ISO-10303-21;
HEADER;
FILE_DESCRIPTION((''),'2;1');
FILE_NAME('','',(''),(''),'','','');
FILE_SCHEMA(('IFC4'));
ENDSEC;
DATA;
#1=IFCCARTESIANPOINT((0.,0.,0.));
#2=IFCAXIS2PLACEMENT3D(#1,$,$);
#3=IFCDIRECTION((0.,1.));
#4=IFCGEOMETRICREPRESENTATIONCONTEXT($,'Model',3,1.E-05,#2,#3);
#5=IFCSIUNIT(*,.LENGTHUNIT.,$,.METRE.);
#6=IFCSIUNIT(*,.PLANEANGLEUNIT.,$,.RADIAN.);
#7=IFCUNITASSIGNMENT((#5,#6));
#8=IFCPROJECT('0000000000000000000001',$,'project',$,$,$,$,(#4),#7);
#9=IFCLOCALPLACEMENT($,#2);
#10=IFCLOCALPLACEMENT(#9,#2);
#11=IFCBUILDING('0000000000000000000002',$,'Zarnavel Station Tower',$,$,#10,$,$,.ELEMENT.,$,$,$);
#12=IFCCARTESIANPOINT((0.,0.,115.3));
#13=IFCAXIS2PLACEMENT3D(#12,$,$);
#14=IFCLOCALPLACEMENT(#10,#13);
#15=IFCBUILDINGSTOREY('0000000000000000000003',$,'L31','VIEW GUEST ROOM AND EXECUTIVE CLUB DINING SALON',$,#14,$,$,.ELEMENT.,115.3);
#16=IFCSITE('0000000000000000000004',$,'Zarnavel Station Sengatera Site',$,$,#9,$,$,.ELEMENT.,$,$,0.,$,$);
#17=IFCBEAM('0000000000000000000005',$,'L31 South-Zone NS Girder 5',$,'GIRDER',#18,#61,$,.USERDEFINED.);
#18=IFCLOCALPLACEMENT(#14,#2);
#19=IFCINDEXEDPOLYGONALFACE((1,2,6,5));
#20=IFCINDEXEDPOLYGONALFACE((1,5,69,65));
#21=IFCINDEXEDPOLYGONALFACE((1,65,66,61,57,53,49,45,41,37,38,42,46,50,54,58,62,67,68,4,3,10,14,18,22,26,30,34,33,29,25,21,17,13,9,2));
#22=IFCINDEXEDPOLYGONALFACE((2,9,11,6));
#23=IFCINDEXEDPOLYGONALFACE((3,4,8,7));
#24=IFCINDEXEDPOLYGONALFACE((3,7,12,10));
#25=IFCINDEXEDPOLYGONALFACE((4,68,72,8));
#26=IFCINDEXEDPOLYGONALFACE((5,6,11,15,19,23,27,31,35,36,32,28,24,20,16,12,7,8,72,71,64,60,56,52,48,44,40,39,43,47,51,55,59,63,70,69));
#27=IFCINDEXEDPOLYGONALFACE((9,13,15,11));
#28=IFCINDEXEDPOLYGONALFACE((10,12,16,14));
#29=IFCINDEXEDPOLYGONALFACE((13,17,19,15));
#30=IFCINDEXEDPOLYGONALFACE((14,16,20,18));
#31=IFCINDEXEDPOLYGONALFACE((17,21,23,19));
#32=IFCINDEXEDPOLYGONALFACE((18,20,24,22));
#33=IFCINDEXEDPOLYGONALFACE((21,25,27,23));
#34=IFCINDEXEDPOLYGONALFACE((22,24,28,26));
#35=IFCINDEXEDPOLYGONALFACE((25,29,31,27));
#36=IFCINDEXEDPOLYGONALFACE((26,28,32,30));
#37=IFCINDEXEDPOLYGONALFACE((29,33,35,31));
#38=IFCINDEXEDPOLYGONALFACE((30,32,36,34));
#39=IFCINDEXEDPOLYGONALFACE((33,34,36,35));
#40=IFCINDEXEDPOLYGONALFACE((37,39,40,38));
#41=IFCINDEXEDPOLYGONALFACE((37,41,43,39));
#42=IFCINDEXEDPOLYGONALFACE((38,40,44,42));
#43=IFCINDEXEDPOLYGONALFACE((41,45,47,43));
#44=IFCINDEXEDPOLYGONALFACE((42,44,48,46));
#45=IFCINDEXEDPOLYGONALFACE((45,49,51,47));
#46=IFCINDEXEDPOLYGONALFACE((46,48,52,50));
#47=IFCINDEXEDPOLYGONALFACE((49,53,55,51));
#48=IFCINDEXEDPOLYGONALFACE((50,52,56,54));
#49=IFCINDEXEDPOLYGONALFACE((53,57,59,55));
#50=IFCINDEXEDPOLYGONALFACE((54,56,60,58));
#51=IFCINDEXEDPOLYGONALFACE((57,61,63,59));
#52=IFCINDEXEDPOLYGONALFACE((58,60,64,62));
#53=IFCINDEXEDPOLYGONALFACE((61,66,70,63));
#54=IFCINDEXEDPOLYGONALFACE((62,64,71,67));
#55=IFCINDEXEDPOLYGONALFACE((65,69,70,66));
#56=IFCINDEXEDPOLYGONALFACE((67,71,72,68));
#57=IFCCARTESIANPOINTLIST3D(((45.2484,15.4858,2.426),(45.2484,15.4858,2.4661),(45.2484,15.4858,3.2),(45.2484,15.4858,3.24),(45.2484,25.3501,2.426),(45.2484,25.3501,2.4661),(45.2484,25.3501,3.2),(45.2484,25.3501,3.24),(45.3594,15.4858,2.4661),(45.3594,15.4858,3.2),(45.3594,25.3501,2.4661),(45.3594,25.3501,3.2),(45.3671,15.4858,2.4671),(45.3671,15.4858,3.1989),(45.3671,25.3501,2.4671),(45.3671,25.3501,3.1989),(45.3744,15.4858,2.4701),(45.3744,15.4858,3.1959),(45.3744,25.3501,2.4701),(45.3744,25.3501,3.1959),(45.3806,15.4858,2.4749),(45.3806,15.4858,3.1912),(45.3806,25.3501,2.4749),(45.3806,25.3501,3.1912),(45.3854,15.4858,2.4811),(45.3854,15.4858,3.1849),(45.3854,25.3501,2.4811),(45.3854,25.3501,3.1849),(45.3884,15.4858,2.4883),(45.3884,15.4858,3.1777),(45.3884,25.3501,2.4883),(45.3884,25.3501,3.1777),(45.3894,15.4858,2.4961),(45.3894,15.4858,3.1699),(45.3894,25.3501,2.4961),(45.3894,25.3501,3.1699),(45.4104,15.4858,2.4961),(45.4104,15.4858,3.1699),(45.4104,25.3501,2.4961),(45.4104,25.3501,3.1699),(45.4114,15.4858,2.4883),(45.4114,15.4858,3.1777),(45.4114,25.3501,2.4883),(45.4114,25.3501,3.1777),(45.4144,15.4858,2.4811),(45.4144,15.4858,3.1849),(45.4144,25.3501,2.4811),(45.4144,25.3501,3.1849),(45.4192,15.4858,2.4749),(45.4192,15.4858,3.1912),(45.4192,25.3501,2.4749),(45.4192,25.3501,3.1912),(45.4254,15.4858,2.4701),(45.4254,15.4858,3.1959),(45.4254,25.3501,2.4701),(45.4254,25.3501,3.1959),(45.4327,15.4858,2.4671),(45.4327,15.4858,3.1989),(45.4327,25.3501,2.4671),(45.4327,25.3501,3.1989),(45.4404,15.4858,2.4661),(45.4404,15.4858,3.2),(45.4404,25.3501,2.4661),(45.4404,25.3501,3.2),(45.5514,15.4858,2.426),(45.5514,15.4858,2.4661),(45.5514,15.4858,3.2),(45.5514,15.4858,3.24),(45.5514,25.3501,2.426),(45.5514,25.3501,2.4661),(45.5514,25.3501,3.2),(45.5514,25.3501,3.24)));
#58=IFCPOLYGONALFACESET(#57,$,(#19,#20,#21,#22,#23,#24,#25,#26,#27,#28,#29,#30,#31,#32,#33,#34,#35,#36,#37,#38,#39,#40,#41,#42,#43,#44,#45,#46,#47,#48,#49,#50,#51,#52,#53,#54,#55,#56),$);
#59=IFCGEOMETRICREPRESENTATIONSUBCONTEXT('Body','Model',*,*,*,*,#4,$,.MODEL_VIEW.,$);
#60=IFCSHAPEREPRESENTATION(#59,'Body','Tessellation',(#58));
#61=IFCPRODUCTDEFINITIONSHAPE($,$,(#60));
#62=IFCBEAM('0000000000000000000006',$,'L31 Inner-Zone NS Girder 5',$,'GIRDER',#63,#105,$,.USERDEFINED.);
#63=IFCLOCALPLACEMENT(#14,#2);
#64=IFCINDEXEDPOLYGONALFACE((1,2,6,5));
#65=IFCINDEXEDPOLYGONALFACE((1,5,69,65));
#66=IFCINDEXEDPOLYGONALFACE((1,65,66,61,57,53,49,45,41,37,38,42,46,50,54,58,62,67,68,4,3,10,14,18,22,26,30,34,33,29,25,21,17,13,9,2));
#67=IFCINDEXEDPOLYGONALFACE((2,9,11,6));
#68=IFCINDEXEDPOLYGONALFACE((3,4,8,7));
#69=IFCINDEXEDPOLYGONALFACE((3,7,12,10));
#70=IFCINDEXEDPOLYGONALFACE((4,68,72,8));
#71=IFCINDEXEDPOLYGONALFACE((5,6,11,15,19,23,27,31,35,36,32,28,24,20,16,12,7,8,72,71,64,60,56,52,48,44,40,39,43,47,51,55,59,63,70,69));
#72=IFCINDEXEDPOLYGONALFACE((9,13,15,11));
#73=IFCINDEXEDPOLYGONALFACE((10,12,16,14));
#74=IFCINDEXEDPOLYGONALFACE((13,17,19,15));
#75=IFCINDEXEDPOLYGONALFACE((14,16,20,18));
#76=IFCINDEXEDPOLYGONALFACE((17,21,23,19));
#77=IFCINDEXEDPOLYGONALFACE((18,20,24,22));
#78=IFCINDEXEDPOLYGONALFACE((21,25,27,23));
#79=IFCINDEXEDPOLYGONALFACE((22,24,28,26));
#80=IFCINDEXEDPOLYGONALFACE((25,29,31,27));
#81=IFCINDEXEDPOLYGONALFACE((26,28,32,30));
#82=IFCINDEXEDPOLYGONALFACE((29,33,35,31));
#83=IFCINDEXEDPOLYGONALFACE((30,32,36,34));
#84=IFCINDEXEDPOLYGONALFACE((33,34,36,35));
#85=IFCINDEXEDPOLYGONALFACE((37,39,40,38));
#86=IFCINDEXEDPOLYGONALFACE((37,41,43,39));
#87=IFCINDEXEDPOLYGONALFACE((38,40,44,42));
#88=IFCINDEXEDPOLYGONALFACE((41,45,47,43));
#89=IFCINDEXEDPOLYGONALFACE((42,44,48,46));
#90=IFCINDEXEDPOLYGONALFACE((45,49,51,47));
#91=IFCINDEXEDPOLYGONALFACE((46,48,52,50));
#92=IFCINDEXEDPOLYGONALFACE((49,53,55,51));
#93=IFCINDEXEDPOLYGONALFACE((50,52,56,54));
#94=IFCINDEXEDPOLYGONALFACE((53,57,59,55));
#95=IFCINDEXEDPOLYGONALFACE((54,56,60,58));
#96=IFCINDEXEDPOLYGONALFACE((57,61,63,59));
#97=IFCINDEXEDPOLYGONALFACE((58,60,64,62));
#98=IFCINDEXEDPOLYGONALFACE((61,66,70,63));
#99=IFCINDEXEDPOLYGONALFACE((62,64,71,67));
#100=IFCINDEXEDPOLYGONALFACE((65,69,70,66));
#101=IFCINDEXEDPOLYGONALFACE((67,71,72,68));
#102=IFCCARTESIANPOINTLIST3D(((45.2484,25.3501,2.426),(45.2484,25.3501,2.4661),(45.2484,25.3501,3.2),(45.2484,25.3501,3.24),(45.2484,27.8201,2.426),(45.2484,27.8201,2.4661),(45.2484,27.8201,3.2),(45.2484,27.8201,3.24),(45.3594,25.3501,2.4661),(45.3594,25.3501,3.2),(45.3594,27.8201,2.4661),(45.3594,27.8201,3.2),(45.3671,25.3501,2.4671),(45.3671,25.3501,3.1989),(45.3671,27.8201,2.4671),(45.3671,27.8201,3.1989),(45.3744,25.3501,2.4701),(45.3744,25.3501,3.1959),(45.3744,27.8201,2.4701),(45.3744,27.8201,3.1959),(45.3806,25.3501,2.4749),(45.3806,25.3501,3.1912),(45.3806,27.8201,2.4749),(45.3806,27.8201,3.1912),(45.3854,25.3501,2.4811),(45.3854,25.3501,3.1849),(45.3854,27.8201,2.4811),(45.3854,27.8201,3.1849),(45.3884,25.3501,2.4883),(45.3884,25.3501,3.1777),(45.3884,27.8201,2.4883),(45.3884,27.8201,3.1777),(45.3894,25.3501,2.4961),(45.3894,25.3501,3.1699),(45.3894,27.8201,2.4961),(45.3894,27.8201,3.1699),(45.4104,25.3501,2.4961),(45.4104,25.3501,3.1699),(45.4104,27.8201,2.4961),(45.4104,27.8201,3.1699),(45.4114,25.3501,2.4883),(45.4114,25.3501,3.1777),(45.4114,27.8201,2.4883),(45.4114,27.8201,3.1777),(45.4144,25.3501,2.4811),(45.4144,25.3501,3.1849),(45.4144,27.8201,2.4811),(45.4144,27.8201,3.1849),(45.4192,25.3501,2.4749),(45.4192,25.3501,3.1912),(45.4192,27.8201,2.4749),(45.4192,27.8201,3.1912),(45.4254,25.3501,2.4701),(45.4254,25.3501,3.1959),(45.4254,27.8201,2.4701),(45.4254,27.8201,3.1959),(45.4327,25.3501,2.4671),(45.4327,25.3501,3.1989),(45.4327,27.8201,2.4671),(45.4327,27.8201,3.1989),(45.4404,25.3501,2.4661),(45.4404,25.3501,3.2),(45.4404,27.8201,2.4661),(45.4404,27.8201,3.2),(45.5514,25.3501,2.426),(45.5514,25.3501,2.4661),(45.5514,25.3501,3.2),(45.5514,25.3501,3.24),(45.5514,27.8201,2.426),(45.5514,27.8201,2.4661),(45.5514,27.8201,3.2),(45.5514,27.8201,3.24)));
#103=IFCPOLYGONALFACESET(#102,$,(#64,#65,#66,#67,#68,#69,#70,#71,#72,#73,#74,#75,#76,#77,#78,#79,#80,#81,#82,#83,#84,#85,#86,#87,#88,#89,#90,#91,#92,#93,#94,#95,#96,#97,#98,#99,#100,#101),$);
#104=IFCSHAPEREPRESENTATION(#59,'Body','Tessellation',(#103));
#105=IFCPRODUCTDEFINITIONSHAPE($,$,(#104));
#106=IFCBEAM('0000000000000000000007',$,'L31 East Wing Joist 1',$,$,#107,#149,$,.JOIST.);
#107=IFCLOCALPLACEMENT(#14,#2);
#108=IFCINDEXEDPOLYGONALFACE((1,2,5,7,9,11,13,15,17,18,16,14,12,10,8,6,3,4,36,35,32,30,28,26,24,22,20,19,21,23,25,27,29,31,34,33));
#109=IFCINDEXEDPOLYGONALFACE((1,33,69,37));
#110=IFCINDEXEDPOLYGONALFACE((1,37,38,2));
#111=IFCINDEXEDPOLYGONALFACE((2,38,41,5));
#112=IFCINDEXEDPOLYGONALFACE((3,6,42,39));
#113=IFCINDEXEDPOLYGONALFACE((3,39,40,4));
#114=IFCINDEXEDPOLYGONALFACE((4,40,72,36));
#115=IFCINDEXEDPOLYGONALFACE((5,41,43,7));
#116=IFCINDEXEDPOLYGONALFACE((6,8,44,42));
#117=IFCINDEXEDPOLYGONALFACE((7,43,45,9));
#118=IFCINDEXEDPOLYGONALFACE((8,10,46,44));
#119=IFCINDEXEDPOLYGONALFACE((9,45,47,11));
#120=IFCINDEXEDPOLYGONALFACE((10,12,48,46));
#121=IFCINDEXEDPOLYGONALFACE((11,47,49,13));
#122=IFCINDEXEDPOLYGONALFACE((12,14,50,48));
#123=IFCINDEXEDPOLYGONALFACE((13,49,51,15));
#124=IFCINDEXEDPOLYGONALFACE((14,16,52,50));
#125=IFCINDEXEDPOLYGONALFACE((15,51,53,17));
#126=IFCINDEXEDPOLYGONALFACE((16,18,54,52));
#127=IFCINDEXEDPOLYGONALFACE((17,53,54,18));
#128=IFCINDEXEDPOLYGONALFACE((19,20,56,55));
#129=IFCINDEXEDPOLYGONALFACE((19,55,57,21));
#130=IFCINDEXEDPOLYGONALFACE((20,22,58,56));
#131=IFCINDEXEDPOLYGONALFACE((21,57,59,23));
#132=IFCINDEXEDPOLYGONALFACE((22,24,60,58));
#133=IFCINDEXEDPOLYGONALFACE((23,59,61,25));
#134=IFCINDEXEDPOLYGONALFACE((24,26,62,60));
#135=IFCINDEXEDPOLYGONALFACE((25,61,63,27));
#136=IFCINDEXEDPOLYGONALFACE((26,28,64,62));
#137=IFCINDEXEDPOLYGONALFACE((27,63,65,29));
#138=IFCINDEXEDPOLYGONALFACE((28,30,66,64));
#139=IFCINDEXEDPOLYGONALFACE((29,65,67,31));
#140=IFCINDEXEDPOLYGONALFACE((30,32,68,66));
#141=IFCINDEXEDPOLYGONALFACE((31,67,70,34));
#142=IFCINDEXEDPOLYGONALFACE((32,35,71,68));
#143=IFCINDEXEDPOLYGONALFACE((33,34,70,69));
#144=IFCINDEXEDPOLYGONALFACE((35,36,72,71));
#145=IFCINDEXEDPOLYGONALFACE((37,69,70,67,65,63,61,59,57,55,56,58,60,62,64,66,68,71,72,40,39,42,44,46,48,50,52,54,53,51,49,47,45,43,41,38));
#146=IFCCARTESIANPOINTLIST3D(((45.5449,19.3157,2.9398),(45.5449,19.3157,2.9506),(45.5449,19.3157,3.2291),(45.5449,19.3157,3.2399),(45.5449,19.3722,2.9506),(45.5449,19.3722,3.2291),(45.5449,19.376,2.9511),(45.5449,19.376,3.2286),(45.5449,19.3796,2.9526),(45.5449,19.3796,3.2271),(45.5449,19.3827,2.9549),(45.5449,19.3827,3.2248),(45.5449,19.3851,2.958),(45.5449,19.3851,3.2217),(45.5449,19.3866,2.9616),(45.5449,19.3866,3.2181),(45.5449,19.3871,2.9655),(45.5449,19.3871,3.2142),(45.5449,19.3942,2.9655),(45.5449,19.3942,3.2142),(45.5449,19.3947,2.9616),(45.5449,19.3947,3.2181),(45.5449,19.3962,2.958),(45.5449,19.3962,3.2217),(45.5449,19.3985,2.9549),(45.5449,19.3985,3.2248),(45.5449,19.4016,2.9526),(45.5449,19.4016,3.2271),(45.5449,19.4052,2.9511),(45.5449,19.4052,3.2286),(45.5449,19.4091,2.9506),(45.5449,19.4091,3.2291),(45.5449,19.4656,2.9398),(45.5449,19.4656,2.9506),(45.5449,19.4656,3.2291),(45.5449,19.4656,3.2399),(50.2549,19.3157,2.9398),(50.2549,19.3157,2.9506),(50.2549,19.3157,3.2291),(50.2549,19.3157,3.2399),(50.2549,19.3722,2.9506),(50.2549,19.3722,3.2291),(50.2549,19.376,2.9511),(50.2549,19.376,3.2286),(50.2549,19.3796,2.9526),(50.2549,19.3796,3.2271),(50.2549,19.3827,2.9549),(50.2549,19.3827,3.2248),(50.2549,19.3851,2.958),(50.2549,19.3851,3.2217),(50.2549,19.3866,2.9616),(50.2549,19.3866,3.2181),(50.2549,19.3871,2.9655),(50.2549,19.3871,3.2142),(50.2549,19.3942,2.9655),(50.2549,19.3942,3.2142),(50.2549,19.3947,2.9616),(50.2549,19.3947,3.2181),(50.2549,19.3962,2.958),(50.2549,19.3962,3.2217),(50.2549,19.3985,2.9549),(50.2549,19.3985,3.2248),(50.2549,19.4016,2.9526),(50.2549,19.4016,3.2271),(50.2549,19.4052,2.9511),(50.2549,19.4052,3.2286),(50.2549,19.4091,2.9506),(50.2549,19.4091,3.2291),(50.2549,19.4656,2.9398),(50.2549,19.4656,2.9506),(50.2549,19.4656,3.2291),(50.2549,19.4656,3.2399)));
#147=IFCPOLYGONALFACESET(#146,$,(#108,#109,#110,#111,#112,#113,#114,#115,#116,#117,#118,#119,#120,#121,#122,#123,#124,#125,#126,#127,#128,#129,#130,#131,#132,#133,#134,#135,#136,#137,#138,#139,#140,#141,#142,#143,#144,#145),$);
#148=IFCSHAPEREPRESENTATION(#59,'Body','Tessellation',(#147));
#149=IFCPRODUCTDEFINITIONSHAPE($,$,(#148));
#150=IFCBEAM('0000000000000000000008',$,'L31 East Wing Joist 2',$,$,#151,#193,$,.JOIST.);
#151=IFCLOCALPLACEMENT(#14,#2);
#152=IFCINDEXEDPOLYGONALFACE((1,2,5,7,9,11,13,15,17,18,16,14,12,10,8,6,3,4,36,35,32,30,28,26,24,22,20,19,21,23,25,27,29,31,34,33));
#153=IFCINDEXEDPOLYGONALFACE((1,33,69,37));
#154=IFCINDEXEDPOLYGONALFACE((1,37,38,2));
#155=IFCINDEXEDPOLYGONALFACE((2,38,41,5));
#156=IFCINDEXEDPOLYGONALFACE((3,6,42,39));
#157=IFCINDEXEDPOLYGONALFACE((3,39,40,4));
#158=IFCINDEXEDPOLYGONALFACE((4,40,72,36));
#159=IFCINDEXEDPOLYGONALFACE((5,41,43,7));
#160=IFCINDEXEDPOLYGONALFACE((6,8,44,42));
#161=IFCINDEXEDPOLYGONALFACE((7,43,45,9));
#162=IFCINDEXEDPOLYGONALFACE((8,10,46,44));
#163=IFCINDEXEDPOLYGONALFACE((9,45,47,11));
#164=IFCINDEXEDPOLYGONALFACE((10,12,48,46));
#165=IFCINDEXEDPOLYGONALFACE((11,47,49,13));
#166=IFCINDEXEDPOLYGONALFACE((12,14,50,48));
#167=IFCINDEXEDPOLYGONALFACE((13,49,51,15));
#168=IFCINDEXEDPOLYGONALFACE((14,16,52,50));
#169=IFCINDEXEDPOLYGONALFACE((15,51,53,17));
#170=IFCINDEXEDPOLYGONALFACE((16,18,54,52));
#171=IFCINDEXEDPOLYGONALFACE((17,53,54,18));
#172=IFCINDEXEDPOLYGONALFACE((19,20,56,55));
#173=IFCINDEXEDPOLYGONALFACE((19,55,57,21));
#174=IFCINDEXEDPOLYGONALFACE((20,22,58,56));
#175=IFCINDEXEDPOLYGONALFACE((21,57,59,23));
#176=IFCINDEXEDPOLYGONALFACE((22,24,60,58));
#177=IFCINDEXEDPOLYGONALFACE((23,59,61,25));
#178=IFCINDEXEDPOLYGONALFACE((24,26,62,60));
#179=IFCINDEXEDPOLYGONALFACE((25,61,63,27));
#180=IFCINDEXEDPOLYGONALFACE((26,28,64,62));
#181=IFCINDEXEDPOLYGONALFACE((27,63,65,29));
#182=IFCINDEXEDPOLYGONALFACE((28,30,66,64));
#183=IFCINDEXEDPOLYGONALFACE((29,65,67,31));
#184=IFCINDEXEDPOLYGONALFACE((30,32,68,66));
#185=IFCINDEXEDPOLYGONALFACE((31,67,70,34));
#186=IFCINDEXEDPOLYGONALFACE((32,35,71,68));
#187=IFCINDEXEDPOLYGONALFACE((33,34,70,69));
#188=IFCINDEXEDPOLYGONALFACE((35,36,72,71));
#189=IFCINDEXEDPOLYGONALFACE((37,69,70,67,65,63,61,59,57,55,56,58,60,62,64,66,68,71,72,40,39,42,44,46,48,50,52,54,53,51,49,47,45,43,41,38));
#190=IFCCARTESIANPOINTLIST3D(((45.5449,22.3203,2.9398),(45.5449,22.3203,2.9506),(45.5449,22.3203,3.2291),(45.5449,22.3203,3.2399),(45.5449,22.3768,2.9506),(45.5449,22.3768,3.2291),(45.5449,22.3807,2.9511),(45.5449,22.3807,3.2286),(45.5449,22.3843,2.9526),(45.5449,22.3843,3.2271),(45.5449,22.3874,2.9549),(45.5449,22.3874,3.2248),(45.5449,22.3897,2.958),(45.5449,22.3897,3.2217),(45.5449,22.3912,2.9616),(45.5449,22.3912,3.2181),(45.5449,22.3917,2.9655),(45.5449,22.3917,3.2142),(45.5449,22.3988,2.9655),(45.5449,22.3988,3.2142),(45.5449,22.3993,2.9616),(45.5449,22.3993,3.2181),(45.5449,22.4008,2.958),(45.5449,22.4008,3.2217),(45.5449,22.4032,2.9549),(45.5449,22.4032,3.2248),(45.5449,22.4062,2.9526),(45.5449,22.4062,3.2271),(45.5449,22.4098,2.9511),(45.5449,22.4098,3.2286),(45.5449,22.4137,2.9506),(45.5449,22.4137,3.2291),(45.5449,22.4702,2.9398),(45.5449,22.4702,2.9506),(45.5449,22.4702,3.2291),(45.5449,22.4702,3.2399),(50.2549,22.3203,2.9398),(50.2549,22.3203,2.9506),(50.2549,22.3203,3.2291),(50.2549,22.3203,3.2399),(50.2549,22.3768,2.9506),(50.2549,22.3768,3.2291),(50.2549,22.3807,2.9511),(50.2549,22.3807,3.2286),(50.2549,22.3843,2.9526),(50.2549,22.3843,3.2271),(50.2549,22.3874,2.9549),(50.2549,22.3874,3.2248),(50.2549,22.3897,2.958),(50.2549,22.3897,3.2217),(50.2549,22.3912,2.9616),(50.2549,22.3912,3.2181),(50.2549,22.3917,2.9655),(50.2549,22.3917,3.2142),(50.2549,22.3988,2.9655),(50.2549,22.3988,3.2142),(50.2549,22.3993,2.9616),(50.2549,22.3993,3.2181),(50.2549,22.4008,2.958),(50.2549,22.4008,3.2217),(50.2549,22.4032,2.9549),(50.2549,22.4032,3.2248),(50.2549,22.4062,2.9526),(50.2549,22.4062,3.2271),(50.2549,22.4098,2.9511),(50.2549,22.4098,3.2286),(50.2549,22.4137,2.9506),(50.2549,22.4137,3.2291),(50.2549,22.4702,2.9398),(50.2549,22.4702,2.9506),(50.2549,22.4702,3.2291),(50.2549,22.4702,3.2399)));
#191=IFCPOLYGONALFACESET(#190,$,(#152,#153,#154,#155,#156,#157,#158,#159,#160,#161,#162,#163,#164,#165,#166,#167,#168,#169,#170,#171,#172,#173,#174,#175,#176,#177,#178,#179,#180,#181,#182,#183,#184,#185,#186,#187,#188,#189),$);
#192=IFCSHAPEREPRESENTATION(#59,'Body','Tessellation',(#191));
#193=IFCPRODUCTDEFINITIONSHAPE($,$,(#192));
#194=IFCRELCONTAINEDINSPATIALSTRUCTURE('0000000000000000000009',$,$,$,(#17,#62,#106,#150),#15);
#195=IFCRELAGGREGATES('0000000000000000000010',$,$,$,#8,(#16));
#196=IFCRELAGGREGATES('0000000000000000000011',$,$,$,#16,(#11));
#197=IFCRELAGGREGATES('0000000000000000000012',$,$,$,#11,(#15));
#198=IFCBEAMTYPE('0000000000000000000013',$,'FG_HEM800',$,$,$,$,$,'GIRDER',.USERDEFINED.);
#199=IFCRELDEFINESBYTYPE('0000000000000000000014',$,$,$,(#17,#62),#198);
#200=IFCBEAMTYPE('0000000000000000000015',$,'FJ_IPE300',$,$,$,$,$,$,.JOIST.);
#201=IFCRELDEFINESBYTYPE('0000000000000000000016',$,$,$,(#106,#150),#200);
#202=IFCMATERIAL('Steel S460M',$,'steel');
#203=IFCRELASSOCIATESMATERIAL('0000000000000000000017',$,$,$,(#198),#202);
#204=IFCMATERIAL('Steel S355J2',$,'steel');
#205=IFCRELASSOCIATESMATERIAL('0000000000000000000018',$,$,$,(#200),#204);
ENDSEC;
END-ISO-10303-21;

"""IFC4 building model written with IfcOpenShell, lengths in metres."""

from ifc_helpers import new_model, si_unit, direction, frame, origin, origin_2d, place, context, subcontext, project, spatial, i_section, extrude, material, material_profile, profile_set, type_object, element, save


model = new_model("IFC4")

# Units and contexts
model_context = context("Model", 3, precision=1e-05, world=origin(), true_north=direction((0.0, 1.0)))
body_context = subcontext(model_context, "Body", "Model", "MODEL_VIEW")
ifc_project = project(units=[si_unit("LENGTHUNIT", "METRE"), si_unit("PLANEANGLEUNIT", "RADIAN")], contexts=[model_context])

# Site, building, storey
site_placement = place(None, origin())
site = spatial("IfcSite", under=ifc_project, at=site_placement, Name="Zarnavel Station Sengatera Site", CompositionType="ELEMENT", RefElevation=0.0)
building_placement = place(site_placement, origin())
building = spatial("IfcBuilding", under=site, at=building_placement, Name="Zarnavel Station Tower", CompositionType="ELEMENT")
storey_placement = place(building_placement, frame((0.0, 0.0, 115.3)))
storey = spatial("IfcBuildingStorey", under=building, at=storey_placement, Name="L31", Description="VIEW GUEST ROOM AND EXECUTIVE CLUB DINING SALON", CompositionType="ELEMENT", Elevation=115.3)

# Beams
ifc_material_1 = material(Name="Steel S460M", Category="steel")
ifc_material_profile_1 = material_profile(ifc_material_1, i_section(OverallWidth=0.303, OverallDepth=0.814, WebThickness=0.021, FlangeThickness=0.04, FilletRadius=0.03, at=origin_2d()), Name="HEM800")
ifc_profile_set_1 = profile_set([ifc_material_profile_1], Name="Steel S460M")
beam_type_1 = type_object("IfcBeamType", Name="FG_HEM800", ElementType="GIRDER", PredefinedType="USERDEFINED", material=ifc_profile_set_1)
beam_1_placement = place(storey_placement, frame((45.3999, 15.4858, 2.833), z_axis=(0.0, 1.0, 0.0), x_axis=(-1.0, 0.0, 0.0)))
element("IfcBeam", 1, at=beam_1_placement, inside=storey, type_object=beam_type_1, Name="L31 South-Zone NS Girder 5", ObjectType="GIRDER", PredefinedType="USERDEFINED", context=body_context, shape_type="SweptSolid", body=[
    extrude(i_section(OverallWidth=0.303, OverallDepth=0.814, WebThickness=0.021, FlangeThickness=0.04, FilletRadius=0.03, at=origin_2d()), origin(), (0.0, 0.0, 1.0), 9.8643),
])
beam_2_placement = place(storey_placement, frame((45.3999, 25.3501, 2.833), z_axis=(0.0, 1.0, 0.0), x_axis=(-1.0, 0.0, 0.0)))
element("IfcBeam", 2, at=beam_2_placement, inside=storey, type_object=beam_type_1, Name="L31 Inner-Zone NS Girder 5", ObjectType="GIRDER", PredefinedType="USERDEFINED", context=body_context, shape_type="SweptSolid", body=[
    extrude(i_section(OverallWidth=0.303, OverallDepth=0.814, WebThickness=0.021, FlangeThickness=0.04, FilletRadius=0.03, at=origin_2d()), origin(), (0.0, 0.0, 1.0), 2.47),
])
ifc_material_2 = material(Name="Steel S355J2", Category="steel")
ifc_material_profile_2 = material_profile(ifc_material_2, i_section(OverallWidth=0.1499, OverallDepth=0.3, WebThickness=0.0071, FlangeThickness=0.0107, FilletRadius=0.0149, at=origin_2d()), Name="IPE300")
ifc_profile_set_2 = profile_set([ifc_material_profile_2], Name="Steel S355J2")
beam_type_2 = type_object("IfcBeamType", Name="FJ_IPE300", PredefinedType="JOIST", material=ifc_profile_set_2)
for number, where, z_axis, x_axis, name in (
    (3, (45.5449, 19.3906, 3.0898), (1.0, 0.0, 0.0), (0.0, 1.0, 0.0), "L31 East Wing Joist 1"),
    (4, (45.5449, 22.3953, 3.0898), (1.0, 0.0, 0.0), (0.0, 1.0, 0.0), "L31 East Wing Joist 2"),
):
    element("IfcBeam", number, at=place(storey_placement, frame(where, z_axis=z_axis, x_axis=x_axis)), inside=storey, type_object=beam_type_2, Name=name, PredefinedType="JOIST", context=body_context, shape_type="SweptSolid", body=[
        extrude(i_section(OverallWidth=0.1499, OverallDepth=0.3, WebThickness=0.0071, FlangeThickness=0.0107, FilletRadius=0.0149, at=origin_2d()), origin(), (0.0, 0.0, 1.0), 4.71),
    ])

save(model, "model.ifc")
